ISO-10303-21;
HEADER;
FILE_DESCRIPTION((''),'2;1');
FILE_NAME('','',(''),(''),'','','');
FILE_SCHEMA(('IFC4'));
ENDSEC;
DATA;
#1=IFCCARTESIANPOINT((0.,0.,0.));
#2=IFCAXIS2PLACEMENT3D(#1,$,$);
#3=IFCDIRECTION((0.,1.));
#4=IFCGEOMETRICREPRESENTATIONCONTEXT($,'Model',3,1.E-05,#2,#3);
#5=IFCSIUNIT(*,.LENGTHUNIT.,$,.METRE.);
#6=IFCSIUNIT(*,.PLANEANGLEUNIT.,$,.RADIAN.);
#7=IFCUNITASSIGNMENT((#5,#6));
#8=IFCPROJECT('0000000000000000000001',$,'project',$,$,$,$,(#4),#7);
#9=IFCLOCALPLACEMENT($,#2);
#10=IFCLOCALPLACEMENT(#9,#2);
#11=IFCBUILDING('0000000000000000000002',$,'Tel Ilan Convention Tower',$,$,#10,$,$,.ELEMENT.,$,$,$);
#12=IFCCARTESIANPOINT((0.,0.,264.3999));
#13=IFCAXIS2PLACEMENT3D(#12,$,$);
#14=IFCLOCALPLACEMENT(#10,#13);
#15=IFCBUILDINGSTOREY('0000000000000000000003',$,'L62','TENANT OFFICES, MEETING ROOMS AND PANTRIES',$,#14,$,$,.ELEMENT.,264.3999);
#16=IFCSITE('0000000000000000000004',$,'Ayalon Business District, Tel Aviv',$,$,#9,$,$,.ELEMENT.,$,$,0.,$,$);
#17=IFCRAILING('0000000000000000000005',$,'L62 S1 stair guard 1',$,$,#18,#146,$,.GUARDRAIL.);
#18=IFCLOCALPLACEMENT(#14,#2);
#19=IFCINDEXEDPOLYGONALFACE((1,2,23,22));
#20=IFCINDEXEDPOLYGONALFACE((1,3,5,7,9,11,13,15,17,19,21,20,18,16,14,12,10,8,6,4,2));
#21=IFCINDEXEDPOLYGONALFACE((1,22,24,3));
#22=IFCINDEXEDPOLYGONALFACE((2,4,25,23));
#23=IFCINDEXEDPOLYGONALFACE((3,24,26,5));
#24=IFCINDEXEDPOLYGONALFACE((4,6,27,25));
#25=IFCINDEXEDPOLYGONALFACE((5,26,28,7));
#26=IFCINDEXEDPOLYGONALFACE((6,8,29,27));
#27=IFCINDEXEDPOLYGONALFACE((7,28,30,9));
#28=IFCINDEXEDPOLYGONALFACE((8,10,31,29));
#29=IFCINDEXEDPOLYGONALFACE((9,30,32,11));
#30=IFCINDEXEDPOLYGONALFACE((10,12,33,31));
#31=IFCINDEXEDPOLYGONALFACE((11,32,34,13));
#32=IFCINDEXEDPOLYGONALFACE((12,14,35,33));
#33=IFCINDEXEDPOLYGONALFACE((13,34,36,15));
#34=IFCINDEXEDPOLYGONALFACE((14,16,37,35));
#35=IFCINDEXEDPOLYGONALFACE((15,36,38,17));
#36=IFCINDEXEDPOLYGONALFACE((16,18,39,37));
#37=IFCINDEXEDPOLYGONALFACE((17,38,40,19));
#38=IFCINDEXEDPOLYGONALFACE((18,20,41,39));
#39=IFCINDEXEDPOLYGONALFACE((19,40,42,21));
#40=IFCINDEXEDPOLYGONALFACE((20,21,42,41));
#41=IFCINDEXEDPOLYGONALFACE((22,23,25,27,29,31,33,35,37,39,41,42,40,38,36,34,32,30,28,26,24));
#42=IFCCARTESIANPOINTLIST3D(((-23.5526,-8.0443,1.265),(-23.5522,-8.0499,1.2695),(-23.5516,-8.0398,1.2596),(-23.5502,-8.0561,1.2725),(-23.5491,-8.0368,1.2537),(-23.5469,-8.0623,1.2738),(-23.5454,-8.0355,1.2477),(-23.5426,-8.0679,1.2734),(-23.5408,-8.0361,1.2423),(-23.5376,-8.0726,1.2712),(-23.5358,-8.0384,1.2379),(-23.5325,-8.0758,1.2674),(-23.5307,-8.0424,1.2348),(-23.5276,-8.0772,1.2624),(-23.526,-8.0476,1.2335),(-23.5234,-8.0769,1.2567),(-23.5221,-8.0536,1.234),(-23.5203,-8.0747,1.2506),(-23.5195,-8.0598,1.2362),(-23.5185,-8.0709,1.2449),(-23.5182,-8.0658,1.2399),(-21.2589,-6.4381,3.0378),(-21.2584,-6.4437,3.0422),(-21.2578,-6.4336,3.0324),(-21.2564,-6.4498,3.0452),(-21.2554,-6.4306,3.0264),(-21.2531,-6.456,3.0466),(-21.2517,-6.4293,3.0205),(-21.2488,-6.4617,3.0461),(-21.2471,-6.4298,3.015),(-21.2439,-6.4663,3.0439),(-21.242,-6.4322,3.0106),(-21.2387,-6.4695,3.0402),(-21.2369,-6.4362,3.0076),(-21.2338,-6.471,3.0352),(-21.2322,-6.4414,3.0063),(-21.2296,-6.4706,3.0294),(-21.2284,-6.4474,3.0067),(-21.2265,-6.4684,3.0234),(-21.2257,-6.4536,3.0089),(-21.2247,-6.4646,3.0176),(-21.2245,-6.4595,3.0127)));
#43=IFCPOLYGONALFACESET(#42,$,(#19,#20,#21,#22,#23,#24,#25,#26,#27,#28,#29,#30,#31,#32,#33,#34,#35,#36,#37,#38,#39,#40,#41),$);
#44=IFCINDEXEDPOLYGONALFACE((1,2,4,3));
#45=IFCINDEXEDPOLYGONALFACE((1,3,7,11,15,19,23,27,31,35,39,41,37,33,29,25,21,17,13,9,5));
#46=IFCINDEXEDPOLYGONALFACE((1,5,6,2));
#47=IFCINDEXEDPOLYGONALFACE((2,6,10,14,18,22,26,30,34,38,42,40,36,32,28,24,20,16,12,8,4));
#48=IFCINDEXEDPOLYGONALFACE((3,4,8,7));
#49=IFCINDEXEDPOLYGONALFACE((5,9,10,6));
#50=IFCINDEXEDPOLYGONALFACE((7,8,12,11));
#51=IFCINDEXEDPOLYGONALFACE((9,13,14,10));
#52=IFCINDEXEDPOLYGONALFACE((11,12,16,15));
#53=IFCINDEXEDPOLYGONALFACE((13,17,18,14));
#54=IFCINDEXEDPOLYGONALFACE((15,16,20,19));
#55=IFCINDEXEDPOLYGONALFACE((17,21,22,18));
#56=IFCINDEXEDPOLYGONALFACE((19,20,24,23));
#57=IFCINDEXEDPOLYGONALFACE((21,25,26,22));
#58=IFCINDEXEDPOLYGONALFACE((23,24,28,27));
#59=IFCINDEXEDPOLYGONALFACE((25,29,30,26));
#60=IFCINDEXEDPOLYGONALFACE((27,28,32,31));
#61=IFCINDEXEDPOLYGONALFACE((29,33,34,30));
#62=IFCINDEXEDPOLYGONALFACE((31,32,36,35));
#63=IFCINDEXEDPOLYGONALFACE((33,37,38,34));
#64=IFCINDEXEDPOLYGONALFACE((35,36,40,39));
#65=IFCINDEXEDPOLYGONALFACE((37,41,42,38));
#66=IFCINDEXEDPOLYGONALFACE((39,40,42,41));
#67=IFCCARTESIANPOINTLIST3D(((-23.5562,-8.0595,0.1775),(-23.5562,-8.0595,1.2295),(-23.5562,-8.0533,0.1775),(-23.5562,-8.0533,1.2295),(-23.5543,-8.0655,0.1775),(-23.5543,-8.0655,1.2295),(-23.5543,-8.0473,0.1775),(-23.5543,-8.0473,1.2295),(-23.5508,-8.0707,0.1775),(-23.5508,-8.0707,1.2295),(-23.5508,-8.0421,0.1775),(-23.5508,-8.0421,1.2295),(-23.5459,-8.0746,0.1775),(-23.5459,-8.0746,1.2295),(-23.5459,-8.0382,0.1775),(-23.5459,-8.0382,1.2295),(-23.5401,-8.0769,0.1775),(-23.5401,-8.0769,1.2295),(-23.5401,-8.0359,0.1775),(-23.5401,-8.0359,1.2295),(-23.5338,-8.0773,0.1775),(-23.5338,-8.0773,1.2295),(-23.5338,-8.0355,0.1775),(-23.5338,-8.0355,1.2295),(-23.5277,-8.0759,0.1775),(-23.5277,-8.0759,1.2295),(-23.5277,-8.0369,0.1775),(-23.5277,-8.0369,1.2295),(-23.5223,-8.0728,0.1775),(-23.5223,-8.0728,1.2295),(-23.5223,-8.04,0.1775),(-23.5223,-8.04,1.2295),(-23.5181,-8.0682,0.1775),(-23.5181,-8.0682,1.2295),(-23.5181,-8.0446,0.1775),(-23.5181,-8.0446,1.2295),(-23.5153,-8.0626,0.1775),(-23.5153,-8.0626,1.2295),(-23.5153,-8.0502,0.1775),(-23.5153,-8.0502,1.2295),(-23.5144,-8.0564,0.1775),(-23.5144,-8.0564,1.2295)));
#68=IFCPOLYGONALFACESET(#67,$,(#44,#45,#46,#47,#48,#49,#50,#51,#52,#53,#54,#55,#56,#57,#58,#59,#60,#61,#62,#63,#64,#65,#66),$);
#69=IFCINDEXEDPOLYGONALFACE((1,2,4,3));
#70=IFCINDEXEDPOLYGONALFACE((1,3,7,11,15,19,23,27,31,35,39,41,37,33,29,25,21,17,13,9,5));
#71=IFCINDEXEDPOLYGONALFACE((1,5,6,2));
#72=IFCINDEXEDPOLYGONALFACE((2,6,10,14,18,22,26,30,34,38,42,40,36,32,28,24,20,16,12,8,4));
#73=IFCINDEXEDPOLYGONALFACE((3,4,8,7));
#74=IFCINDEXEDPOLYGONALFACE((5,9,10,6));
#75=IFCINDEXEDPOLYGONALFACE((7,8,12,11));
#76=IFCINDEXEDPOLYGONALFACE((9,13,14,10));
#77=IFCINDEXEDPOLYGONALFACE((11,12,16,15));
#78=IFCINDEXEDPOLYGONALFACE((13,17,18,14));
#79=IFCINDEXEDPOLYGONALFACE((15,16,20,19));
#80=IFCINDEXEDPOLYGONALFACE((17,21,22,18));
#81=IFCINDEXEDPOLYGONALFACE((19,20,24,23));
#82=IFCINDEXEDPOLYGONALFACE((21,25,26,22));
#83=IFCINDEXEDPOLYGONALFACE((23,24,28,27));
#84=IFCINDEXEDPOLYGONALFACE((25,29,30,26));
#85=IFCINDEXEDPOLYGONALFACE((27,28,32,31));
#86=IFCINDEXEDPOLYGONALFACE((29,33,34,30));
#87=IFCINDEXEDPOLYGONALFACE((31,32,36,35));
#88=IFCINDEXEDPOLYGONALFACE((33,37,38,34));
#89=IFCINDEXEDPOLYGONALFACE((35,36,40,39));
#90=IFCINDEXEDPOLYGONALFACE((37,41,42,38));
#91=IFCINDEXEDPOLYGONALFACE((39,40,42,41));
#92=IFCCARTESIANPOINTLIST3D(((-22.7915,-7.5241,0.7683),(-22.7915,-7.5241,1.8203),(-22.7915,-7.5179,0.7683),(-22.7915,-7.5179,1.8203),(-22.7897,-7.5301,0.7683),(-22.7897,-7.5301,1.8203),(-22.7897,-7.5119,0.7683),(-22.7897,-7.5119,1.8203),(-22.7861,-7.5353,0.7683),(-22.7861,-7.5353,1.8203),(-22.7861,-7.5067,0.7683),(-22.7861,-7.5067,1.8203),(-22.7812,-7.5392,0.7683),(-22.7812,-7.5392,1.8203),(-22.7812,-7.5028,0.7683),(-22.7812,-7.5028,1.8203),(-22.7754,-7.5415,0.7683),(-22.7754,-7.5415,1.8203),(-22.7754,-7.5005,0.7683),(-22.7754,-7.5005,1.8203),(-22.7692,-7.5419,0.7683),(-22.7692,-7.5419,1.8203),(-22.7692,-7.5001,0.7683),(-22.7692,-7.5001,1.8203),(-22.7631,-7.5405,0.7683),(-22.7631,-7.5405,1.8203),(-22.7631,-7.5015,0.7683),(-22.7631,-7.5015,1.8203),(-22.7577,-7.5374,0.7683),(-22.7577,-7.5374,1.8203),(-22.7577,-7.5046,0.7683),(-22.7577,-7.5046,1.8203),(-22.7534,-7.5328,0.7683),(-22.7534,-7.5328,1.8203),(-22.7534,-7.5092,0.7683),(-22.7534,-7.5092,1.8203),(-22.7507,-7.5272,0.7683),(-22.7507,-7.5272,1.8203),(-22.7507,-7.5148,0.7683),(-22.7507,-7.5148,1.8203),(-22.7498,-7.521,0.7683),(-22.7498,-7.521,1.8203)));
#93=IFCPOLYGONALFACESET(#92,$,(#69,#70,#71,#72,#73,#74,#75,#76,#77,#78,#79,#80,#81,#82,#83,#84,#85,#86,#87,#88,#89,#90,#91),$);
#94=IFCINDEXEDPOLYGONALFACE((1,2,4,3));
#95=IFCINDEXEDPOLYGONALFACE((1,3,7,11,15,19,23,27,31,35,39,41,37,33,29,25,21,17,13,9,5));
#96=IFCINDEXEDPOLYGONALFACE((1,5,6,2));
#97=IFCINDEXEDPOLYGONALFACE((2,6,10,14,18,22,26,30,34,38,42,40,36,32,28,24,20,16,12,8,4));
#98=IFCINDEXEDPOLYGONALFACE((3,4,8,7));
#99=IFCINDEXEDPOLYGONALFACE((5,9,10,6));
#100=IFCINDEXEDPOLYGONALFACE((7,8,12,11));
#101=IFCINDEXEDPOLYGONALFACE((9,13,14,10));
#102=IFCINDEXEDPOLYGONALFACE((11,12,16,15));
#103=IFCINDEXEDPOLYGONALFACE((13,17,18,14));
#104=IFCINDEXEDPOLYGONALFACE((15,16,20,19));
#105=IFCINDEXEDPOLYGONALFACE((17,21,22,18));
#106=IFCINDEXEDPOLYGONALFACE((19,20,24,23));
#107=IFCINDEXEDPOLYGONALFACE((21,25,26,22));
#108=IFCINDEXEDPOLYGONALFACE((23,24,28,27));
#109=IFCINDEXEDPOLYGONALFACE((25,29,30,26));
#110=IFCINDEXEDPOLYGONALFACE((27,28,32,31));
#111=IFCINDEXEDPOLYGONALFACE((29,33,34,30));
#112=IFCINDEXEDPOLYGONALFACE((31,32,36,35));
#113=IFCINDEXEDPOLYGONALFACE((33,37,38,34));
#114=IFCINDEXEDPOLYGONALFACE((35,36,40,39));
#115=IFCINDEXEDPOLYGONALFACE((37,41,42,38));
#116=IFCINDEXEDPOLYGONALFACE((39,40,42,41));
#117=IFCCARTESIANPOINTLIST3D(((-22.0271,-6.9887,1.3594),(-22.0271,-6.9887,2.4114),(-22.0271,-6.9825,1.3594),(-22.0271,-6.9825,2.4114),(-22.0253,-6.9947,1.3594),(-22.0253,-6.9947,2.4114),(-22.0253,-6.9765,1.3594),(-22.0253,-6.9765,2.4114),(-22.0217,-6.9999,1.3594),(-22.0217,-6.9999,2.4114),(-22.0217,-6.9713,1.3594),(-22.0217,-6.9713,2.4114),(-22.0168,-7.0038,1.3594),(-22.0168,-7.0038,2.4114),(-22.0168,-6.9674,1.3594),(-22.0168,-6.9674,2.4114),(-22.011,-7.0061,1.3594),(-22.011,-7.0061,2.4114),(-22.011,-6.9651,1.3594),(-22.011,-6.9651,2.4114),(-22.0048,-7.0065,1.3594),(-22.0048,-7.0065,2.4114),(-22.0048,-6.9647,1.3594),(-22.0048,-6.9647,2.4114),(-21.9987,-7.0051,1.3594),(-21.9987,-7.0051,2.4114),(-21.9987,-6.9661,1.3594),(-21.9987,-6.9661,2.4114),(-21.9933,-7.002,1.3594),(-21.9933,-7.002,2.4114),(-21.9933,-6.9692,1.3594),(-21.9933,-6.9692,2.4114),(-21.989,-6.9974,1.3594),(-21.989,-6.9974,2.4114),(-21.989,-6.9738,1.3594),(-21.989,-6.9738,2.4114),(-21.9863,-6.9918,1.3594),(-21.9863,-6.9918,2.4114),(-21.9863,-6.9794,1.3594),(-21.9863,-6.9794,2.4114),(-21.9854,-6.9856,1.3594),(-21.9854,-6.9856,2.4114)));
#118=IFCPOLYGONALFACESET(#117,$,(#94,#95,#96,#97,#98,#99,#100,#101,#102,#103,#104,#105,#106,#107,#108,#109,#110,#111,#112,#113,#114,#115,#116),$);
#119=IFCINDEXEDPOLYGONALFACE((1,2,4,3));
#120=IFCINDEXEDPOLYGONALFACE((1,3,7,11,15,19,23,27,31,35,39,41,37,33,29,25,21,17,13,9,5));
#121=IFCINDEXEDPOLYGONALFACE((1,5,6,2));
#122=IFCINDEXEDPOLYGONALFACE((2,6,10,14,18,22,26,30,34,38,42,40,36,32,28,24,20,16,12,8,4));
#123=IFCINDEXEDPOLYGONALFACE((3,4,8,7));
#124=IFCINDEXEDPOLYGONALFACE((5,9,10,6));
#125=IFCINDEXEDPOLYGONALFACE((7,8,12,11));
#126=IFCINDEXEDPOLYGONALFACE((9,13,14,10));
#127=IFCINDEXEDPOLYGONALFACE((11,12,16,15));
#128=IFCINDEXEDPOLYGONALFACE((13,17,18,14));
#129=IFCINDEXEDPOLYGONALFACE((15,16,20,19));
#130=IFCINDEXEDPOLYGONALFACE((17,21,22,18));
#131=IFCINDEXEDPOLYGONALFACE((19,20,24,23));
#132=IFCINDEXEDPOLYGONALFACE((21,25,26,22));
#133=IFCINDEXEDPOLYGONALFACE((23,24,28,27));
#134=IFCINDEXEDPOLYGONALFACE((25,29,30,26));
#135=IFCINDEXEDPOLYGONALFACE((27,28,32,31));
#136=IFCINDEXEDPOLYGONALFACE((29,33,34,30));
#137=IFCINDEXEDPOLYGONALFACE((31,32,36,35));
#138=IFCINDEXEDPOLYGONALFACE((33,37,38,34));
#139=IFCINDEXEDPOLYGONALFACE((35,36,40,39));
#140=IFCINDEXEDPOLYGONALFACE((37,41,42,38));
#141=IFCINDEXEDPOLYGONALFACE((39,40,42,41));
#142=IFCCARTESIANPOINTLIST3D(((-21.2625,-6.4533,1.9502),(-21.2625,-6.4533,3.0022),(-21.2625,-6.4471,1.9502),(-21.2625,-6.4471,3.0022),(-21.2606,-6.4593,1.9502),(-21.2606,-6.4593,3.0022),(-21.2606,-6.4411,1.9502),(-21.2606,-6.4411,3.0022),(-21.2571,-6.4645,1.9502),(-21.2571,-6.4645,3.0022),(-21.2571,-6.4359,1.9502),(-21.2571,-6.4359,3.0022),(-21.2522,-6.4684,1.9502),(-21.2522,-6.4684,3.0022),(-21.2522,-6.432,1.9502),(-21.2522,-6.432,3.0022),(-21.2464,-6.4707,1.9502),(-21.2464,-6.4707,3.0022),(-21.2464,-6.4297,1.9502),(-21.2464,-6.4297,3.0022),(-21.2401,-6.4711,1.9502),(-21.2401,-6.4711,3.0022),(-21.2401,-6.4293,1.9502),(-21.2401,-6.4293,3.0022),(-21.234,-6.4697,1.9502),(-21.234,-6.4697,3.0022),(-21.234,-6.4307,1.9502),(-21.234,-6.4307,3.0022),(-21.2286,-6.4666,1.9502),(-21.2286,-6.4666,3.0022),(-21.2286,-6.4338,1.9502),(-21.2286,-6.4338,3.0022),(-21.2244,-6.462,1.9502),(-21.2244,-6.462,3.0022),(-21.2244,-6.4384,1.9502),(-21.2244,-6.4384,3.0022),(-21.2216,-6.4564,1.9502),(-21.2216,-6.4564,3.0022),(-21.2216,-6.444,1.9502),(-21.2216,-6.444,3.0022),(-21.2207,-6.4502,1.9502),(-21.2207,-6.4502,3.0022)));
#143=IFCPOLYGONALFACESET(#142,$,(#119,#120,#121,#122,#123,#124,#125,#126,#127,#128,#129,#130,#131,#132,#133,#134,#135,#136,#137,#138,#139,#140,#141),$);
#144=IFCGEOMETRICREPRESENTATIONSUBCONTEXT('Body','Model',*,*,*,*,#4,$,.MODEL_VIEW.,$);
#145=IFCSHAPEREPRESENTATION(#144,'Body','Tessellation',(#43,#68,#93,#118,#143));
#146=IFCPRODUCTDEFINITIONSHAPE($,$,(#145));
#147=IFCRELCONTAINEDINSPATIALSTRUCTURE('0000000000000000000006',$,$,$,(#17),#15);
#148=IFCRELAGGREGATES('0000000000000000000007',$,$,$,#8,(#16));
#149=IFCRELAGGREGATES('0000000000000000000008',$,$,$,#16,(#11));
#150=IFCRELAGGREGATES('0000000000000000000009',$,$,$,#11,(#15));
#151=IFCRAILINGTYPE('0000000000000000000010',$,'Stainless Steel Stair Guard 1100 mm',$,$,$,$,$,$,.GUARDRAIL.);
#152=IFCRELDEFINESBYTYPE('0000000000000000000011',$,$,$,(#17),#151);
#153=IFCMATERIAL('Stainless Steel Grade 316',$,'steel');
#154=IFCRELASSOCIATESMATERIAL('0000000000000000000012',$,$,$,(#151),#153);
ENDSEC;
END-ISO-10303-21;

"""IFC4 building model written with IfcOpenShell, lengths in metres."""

from ifc_helpers import new_model, si_unit, direction, frame, origin, origin_2d, place, context, subcontext, project, spatial, circle, extrude, material, type_object, element, save


model = new_model("IFC4")

# Units and contexts
model_context = context("Model", 3, precision=1e-05, world=origin(), true_north=direction((0.0, 1.0)))
body_context = subcontext(model_context, "Body", "Model", "MODEL_VIEW")
ifc_project = project(units=[si_unit("LENGTHUNIT", "METRE"), si_unit("PLANEANGLEUNIT", "RADIAN")], contexts=[model_context])

# Site, building, storey
site_placement = place(None, origin())
site = spatial("IfcSite", under=ifc_project, at=site_placement, Name="Ayalon Business District, Tel Aviv", CompositionType="ELEMENT", RefElevation=0.0)
building_placement = place(site_placement, origin())
building = spatial("IfcBuilding", under=site, at=building_placement, Name="Tel Ilan Convention Tower", CompositionType="ELEMENT")
storey_placement = place(building_placement, frame((0.0, 0.0, 264.3999)))
storey = spatial("IfcBuildingStorey", under=building, at=storey_placement, Name="L62", Description="TENANT OFFICES, MEETING ROOMS AND PANTRIES", CompositionType="ELEMENT", Elevation=264.3999)

# Railing
ifc_material_1 = material(Name="Stainless Steel Grade 316", Category="steel")
railing_type_1 = type_object("IfcRailingType", Name="Stainless Steel Stair Guard 1100 mm", PredefinedType="GUARDRAIL", material=ifc_material_1)
railing_1_placement = place(storey_placement, frame((-23.5354, -8.0564, 0.1775)))
element("IfcRailing", 1, at=railing_1_placement, inside=storey, type_object=railing_type_1, Name="L62 S1 stair guard 1", PredefinedType="GUARDRAIL", context=body_context, shape_type="SweptSolid", body=[
    extrude(circle(Radius=0.0239, at=origin_2d()), frame((0.0, 0.0, 1.0762), z_axis=(0.692098, 0.484653, 0.534894), x_axis=(-0.573609, 0.81913, 0.0)), (0.0, 0.0, 1.0), 3.3142),
    extrude(circle(Radius=0.021, at=origin_2d()), origin(), (0.0, 0.0, 1.0), 1.052),
    extrude(circle(Radius=0.021, at=origin_2d()), frame((0.7646, 0.5354, 0.5908)), (0.0, 0.0, 1.0), 1.052),
    extrude(circle(Radius=0.021, at=origin_2d()), frame((1.5291, 1.0708, 1.1819)), (0.0, 0.0, 1.0), 1.052),
    extrude(circle(Radius=0.021, at=origin_2d()), frame((2.2937, 1.6062, 1.7727)), (0.0, 0.0, 1.0), 1.052),
])

save(model, "model.ifc")
